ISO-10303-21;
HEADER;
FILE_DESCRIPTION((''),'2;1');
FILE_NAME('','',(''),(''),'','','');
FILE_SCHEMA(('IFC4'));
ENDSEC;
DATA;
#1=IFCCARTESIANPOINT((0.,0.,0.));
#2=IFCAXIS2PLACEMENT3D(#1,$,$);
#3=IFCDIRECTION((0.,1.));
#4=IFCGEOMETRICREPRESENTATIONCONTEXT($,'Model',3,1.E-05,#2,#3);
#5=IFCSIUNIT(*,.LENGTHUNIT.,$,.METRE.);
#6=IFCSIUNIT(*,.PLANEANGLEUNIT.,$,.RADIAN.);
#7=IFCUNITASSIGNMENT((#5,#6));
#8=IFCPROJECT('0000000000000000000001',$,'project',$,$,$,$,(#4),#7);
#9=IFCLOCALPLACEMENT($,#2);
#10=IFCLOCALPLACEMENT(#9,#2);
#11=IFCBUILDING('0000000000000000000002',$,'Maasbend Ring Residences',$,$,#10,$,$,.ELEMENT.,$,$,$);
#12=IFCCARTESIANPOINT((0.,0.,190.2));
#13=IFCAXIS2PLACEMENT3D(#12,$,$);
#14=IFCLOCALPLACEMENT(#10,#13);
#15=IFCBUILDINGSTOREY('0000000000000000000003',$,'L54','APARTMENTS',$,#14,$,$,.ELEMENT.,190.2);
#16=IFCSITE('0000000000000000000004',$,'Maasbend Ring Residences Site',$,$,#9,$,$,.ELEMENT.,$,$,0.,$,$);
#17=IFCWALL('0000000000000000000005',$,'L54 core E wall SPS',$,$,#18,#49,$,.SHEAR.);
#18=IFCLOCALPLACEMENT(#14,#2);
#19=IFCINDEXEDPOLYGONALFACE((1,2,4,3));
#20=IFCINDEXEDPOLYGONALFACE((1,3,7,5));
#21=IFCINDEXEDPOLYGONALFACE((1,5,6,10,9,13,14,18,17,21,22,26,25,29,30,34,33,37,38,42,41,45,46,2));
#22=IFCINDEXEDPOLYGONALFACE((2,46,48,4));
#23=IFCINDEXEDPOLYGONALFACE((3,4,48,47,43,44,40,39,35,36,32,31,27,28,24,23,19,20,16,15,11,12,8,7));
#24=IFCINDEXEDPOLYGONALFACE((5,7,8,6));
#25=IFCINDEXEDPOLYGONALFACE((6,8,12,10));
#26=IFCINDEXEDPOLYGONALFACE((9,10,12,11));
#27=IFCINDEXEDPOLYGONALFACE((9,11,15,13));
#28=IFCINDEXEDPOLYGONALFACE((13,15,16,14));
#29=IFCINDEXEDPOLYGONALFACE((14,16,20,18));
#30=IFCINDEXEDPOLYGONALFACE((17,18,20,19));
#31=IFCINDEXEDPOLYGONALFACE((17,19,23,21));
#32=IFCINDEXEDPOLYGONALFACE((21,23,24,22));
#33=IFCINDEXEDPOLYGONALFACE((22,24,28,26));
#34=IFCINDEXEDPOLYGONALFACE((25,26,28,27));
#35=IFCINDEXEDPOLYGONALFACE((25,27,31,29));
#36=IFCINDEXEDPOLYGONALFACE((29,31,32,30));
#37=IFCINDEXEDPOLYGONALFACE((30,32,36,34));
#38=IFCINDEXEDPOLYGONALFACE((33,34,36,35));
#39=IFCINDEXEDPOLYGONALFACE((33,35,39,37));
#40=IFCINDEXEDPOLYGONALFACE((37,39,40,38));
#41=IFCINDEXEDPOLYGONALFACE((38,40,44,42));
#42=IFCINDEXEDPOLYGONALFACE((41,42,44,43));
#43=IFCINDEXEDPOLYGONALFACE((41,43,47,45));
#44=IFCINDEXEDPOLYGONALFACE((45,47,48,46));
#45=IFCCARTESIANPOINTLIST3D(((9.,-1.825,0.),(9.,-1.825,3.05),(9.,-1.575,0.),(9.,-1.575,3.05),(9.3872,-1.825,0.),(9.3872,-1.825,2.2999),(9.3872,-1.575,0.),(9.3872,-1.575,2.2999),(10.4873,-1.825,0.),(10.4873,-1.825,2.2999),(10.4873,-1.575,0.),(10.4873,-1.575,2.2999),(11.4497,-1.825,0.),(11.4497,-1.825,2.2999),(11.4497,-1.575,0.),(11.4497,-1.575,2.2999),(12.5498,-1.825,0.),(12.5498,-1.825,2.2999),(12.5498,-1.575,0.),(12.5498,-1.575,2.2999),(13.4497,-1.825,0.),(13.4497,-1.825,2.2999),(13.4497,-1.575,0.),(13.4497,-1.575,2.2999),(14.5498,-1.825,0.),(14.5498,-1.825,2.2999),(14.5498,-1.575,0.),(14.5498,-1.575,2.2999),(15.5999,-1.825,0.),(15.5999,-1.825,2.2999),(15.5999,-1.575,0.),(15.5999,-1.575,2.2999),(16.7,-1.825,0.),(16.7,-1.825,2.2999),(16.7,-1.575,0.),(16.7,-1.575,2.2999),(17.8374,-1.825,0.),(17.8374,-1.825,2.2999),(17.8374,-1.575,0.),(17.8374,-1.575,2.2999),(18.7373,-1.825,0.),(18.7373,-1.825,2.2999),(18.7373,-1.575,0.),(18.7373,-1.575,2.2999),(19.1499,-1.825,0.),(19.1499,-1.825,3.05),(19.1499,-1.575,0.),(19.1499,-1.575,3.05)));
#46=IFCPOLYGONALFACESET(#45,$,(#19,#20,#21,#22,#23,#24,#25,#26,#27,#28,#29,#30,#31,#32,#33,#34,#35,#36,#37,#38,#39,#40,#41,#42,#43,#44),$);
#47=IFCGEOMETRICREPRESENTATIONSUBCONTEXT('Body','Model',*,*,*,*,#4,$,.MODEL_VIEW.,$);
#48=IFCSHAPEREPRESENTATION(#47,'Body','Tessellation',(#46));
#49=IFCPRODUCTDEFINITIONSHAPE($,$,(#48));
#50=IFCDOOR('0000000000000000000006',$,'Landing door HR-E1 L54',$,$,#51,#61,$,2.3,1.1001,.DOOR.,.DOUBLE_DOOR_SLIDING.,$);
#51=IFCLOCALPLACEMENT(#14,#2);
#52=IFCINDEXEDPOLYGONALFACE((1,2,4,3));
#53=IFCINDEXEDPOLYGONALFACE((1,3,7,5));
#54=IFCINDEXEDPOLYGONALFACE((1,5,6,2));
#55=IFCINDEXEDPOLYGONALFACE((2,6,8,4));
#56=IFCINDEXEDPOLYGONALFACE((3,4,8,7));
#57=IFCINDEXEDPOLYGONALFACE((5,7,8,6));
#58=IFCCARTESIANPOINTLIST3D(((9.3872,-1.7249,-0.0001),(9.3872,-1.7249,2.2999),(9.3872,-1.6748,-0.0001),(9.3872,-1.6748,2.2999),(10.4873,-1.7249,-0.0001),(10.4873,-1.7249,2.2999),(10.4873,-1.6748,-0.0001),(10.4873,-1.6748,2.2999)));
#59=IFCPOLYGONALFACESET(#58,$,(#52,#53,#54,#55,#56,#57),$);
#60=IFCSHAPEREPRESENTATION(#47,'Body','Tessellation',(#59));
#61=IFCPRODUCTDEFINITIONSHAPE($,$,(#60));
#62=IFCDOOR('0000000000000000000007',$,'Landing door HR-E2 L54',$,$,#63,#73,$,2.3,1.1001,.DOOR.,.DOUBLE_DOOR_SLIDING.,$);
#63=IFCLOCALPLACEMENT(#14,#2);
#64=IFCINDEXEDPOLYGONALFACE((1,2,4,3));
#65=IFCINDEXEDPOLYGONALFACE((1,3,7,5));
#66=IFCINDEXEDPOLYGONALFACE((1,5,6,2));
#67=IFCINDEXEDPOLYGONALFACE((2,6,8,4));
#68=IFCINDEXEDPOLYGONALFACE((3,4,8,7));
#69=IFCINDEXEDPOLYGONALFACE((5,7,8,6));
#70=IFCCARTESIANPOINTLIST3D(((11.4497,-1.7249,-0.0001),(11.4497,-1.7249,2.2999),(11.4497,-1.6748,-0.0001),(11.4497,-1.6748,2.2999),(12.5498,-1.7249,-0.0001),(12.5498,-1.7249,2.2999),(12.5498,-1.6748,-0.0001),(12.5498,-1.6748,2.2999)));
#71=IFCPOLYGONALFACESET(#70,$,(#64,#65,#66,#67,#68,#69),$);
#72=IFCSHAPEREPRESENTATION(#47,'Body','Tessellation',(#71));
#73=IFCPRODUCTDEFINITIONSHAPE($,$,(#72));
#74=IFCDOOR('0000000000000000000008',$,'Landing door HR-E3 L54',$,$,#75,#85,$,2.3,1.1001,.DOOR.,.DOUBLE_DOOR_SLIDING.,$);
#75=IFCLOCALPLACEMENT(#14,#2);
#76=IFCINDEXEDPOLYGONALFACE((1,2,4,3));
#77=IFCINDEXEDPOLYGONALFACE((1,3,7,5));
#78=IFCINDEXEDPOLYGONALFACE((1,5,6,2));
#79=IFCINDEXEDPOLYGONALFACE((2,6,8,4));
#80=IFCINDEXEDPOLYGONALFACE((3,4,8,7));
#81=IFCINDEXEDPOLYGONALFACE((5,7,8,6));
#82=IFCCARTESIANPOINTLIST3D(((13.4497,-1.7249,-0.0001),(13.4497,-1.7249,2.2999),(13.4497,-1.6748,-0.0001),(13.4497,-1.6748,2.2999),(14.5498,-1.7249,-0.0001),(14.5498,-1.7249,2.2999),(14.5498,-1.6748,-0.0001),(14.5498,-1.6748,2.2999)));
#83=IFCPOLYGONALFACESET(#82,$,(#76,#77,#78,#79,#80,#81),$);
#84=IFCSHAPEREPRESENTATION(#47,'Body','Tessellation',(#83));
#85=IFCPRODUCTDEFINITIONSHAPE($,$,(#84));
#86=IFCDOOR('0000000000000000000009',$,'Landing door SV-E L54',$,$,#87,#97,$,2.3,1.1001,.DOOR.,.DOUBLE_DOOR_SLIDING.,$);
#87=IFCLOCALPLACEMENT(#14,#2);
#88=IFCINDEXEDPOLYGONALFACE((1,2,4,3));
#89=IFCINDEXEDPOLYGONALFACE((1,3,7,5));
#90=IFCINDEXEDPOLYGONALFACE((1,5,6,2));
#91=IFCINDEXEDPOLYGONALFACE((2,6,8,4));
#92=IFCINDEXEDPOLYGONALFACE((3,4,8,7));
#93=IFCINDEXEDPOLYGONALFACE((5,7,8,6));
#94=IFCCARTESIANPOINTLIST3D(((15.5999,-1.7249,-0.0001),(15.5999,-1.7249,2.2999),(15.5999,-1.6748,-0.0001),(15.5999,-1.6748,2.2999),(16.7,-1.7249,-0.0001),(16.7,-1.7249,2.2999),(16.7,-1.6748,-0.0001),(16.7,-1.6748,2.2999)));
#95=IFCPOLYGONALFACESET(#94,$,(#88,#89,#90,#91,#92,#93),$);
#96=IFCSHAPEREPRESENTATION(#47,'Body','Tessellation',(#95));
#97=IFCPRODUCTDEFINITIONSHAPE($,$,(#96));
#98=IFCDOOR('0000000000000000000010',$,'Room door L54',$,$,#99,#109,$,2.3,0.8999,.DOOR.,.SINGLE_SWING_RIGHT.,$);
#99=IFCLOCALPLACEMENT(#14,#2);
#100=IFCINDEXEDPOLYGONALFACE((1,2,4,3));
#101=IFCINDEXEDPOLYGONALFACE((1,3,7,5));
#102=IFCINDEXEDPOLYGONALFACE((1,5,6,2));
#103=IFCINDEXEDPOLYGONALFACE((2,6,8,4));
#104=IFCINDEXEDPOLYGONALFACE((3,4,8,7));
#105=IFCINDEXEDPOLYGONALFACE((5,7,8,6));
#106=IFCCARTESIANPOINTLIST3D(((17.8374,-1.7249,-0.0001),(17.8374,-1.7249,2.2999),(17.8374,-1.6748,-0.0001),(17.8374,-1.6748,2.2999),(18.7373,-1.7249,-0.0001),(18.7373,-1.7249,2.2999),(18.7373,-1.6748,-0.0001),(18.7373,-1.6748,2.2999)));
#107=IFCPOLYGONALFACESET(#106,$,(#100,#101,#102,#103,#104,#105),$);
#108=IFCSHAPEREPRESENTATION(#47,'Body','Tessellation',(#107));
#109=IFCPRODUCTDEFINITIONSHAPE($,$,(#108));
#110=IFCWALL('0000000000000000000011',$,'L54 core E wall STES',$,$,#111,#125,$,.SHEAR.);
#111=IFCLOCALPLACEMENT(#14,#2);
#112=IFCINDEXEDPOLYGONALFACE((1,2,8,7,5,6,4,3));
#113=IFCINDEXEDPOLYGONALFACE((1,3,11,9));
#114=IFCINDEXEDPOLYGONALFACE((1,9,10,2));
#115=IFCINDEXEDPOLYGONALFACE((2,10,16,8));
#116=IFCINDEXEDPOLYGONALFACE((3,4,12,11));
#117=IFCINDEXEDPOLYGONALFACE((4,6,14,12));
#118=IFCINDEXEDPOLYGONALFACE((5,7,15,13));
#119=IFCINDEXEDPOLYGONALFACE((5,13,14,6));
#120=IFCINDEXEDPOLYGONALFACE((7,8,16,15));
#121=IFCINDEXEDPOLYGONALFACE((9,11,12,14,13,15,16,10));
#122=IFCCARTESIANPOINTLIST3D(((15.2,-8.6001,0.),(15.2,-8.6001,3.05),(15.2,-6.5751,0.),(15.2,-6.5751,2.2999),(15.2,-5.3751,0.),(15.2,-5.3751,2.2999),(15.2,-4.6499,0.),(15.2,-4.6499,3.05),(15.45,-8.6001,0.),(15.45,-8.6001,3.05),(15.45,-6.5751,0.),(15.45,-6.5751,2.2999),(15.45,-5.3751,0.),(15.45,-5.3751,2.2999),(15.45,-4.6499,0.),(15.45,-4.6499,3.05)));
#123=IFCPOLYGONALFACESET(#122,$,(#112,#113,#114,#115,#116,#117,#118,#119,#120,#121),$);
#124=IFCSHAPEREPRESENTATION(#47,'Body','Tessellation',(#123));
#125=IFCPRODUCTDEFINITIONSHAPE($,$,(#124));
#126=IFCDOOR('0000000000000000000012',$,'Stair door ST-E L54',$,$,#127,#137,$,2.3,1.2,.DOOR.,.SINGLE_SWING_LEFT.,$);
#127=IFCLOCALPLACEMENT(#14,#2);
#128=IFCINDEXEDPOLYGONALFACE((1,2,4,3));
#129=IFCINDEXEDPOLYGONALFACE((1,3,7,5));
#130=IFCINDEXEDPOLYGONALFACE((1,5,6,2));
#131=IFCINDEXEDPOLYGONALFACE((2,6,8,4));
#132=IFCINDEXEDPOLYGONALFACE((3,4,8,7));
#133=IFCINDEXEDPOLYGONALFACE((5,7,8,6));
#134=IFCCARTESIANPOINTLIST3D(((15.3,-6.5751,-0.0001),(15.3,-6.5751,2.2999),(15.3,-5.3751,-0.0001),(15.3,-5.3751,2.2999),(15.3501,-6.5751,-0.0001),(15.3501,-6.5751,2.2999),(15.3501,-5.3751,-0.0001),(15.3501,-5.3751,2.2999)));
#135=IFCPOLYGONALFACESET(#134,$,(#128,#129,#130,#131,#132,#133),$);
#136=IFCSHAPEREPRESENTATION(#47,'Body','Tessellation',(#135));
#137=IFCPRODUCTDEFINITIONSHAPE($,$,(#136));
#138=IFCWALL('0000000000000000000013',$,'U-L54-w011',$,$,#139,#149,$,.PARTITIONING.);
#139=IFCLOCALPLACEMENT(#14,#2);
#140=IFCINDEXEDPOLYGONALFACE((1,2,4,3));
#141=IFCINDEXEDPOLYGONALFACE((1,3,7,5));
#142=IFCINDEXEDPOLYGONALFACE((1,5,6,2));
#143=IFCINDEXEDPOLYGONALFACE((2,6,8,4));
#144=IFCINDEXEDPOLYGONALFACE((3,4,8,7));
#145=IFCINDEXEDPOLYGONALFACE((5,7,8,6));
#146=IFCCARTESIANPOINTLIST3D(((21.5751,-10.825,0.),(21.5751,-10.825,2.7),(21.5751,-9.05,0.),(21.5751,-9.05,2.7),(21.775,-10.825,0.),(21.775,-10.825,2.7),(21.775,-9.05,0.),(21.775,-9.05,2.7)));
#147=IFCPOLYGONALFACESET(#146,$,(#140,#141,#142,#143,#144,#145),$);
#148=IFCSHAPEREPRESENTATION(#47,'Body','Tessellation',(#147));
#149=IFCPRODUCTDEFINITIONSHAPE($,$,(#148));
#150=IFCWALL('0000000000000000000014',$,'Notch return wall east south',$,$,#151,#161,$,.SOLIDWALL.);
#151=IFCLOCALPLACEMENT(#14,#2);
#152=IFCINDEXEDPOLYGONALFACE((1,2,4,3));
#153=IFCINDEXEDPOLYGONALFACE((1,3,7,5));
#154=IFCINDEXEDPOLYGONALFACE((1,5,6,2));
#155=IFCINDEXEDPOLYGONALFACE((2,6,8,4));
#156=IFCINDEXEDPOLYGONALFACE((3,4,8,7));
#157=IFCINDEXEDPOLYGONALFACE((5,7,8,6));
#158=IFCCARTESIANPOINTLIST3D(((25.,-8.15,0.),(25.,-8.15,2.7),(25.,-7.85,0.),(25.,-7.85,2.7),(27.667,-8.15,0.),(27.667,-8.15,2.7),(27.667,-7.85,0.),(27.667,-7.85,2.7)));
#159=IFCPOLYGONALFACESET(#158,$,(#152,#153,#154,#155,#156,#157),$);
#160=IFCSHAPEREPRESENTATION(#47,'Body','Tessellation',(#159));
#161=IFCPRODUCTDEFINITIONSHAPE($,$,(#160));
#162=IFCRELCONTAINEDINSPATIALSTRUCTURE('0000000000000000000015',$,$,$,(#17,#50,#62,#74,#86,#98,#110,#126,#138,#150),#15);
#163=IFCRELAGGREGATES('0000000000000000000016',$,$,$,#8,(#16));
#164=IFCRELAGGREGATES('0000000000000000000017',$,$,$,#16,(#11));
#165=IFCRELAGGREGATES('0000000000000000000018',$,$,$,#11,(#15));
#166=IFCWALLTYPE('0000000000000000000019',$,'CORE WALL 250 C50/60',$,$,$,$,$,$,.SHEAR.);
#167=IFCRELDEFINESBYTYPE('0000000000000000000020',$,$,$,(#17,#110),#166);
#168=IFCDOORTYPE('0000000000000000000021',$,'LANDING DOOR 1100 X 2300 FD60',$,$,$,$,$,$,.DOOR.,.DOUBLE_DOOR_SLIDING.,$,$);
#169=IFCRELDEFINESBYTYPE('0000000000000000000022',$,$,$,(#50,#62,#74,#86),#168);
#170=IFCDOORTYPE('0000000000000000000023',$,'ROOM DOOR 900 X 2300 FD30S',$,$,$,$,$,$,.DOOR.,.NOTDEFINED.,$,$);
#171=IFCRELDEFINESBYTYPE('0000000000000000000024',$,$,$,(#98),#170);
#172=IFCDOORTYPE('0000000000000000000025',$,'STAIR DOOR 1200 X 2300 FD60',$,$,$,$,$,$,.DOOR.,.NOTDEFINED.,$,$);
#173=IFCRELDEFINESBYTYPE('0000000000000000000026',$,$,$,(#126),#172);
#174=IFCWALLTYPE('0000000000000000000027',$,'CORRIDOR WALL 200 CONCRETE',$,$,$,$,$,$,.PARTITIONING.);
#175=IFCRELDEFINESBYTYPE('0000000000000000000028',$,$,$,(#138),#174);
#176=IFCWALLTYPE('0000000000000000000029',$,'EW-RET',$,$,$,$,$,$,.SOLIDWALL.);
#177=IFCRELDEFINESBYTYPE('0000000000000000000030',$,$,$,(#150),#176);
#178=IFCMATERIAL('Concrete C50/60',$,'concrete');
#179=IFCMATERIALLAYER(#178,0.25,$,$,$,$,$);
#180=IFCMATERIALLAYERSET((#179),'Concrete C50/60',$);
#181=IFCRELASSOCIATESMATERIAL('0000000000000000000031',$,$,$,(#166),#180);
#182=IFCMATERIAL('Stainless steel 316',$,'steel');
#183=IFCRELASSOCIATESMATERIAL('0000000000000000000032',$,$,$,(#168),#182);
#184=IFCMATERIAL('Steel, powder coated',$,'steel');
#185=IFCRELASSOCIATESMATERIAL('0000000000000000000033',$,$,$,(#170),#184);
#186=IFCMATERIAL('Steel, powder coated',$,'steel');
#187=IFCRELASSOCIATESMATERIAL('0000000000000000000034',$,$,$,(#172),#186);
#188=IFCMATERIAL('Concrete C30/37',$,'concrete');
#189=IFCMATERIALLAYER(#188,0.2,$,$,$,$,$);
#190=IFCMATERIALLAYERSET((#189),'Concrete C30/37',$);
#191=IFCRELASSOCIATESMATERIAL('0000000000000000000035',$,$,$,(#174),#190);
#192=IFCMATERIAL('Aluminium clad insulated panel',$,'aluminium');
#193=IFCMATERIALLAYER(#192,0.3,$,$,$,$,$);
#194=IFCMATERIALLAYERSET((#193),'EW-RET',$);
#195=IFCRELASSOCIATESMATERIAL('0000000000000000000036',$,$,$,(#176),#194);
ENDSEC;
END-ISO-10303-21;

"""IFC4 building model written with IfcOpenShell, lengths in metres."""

from ifc_helpers import new_model, si_unit, direction, frame, frame_2d, origin, place, context, subcontext, project, spatial, rectangle, extrude, material, layer, layer_set, type_object, element, fill, save


model = new_model("IFC4")

# Units and contexts
model_context = context("Model", 3, precision=1e-05, world=origin(), true_north=direction((0.0, 1.0)))
body_context = subcontext(model_context, "Body", "Model", "MODEL_VIEW")
ifc_project = project(units=[si_unit("LENGTHUNIT", "METRE"), si_unit("PLANEANGLEUNIT", "RADIAN")], contexts=[model_context])

# Site, building, storey
site_placement = place(None, origin())
site = spatial("IfcSite", under=ifc_project, at=site_placement, Name="Maasbend Ring Residences Site", CompositionType="ELEMENT", RefElevation=0.0)
building_placement = place(site_placement, origin())
building = spatial("IfcBuilding", under=site, at=building_placement, Name="Maasbend Ring Residences", CompositionType="ELEMENT")
storey_placement = place(building_placement, frame((0.0, 0.0, 190.2)))
storey = spatial("IfcBuildingStorey", under=building, at=storey_placement, Name="L54", Description="APARTMENTS", CompositionType="ELEMENT", Elevation=190.2)

# Wall, openings, doors
ifc_material_1 = material(Name="Concrete C50/60", Category="concrete")
ifc_layer_1 = layer(ifc_material_1, 0.25)
ifc_layer_set_1 = layer_set([ifc_layer_1], Name="Concrete C50/60")
wall_type_1 = type_object("IfcWallType", Name="CORE WALL 250 C50/60", PredefinedType="SHEAR", material=ifc_layer_set_1)
wall_1_placement = place(storey_placement, frame((19.1499, -1.7, 0.0), z_axis=(0.0, 0.0, 1.0), x_axis=(-1.0, 0.0, 0.0)))
wall_1 = element("IfcWall", 1, at=wall_1_placement, inside=storey, type_object=wall_type_1, Name="L54 core E wall SPS", PredefinedType="SHEAR", context=body_context, shape_type="SweptSolid", body=[
    extrude(rectangle(XDim=10.1499, YDim=0.25, at=frame_2d((5.075, 0.0))), origin(), (0.0, 0.0, 1.0), 3.05),
])
opening_1_placement = place(wall_1_placement, frame((8.6626, 0.0, 0.0)))
opening_1 = element("IfcOpeningElement", 2, at=opening_1_placement, cuts=wall_1, PredefinedType="OPENING", context=body_context, shape_type="SweptSolid", body=[
    extrude(rectangle(XDim=1.1001, YDim=2.3, at=frame_2d((0.55, 1.1499))), frame((0.0, 0.135, 0.0), z_axis=(0.0, -1.0, 0.0), x_axis=(1.0, 0.0, 0.0)), (0.0, 0.0, 1.0), 0.27),
])
opening_2_placement = place(wall_1_placement, frame((6.6001, 0.0, 0.0)))
opening_2 = element("IfcOpeningElement", 3, at=opening_2_placement, cuts=wall_1, PredefinedType="OPENING", context=body_context, shape_type="SweptSolid", body=[
    extrude(rectangle(XDim=1.1001, YDim=2.3, at=frame_2d((0.55, 1.1499))), frame((0.0, 0.135, 0.0), z_axis=(0.0, -1.0, 0.0), x_axis=(1.0, 0.0, 0.0)), (0.0, 0.0, 1.0), 0.27),
])
opening_3_placement = place(wall_1_placement, frame((4.6001, 0.0, 0.0)))
opening_3 = element("IfcOpeningElement", 4, at=opening_3_placement, cuts=wall_1, PredefinedType="OPENING", context=body_context, shape_type="SweptSolid", body=[
    extrude(rectangle(XDim=1.1001, YDim=2.3, at=frame_2d((0.55, 1.1499))), frame((0.0, 0.135, 0.0), z_axis=(0.0, -1.0, 0.0), x_axis=(1.0, 0.0, 0.0)), (0.0, 0.0, 1.0), 0.27),
])
opening_4_placement = place(wall_1_placement, frame((2.45, 0.0, 0.0)))
opening_4 = element("IfcOpeningElement", 5, at=opening_4_placement, cuts=wall_1, PredefinedType="OPENING", context=body_context, shape_type="SweptSolid", body=[
    extrude(rectangle(XDim=1.1001, YDim=2.3, at=frame_2d((0.55, 1.1499))), frame((0.0, 0.135, 0.0), z_axis=(0.0, -1.0, 0.0), x_axis=(1.0, 0.0, 0.0)), (0.0, 0.0, 1.0), 0.27),
])
opening_5_placement = place(wall_1_placement, frame((0.4126, 0.0, 0.0)))
opening_5 = element("IfcOpeningElement", 6, at=opening_5_placement, cuts=wall_1, PredefinedType="OPENING", context=body_context, shape_type="SweptSolid", body=[
    extrude(rectangle(XDim=0.8999, YDim=2.3, at=frame_2d((0.45, 1.1499))), frame((0.0, 0.135, 0.0), z_axis=(0.0, -1.0, 0.0), x_axis=(1.0, 0.0, 0.0)), (0.0, 0.0, 1.0), 0.27),
])
ifc_material_2 = material(Name="Stainless steel 316", Category="steel")
door_type_1 = type_object("IfcDoorType", Name="LANDING DOOR 1100 X 2300 FD60", OperationType="DOUBLE_DOOR_SLIDING", PredefinedType="DOOR", material=ifc_material_2)
door_1_placement = place(opening_1_placement, origin())
door_1 = element("IfcDoor", 7, at=door_1_placement, inside=storey, type_object=door_type_1, Name="Landing door HR-E1 L54", OperationType="DOUBLE_DOOR_SLIDING", OverallHeight=2.3, OverallWidth=1.1001, PredefinedType="DOOR", context=body_context, shape_type="SweptSolid", body=[
    extrude(rectangle(XDim=1.1001, YDim=2.3, at=frame_2d((0.55, 1.1499))), frame((0.0, 0.0249, 0.0), z_axis=(0.0, -1.0, 0.0), x_axis=(1.0, 0.0, 0.0)), (0.0, 0.0, 1.0), 0.05),
])
fill(opening_1, door_1)
door_2_placement = place(opening_2_placement, origin())
door_2 = element("IfcDoor", 8, at=door_2_placement, inside=storey, type_object=door_type_1, Name="Landing door HR-E2 L54", OperationType="DOUBLE_DOOR_SLIDING", OverallHeight=2.3, OverallWidth=1.1001, PredefinedType="DOOR", context=body_context, shape_type="SweptSolid", body=[
    extrude(rectangle(XDim=1.1001, YDim=2.3, at=frame_2d((0.55, 1.1499))), frame((0.0, 0.0249, 0.0), z_axis=(0.0, -1.0, 0.0), x_axis=(1.0, 0.0, 0.0)), (0.0, 0.0, 1.0), 0.05),
])
fill(opening_2, door_2)
door_3_placement = place(opening_3_placement, origin())
door_3 = element("IfcDoor", 9, at=door_3_placement, inside=storey, type_object=door_type_1, Name="Landing door HR-E3 L54", OperationType="DOUBLE_DOOR_SLIDING", OverallHeight=2.3, OverallWidth=1.1001, PredefinedType="DOOR", context=body_context, shape_type="SweptSolid", body=[
    extrude(rectangle(XDim=1.1001, YDim=2.3, at=frame_2d((0.55, 1.1499))), frame((0.0, 0.0249, 0.0), z_axis=(0.0, -1.0, 0.0), x_axis=(1.0, 0.0, 0.0)), (0.0, 0.0, 1.0), 0.05),
])
fill(opening_3, door_3)
door_4_placement = place(opening_4_placement, origin())
door_4 = element("IfcDoor", 10, at=door_4_placement, inside=storey, type_object=door_type_1, Name="Landing door SV-E L54", OperationType="DOUBLE_DOOR_SLIDING", OverallHeight=2.3, OverallWidth=1.1001, PredefinedType="DOOR", context=body_context, shape_type="SweptSolid", body=[
    extrude(rectangle(XDim=1.1001, YDim=2.3, at=frame_2d((0.55, 1.1499))), frame((0.0, 0.0249, 0.0), z_axis=(0.0, -1.0, 0.0), x_axis=(1.0, 0.0, 0.0)), (0.0, 0.0, 1.0), 0.05),
])
fill(opening_4, door_4)
ifc_material_3 = material(Name="Steel, powder coated", Category="steel")
door_type_2 = type_object("IfcDoorType", Name="ROOM DOOR 900 X 2300 FD30S", OperationType="NOTDEFINED", PredefinedType="DOOR", material=ifc_material_3)
door_5_placement = place(opening_5_placement, origin())
door_5 = element("IfcDoor", 11, at=door_5_placement, inside=storey, type_object=door_type_2, Name="Room door L54", OperationType="SINGLE_SWING_RIGHT", OverallHeight=2.3, OverallWidth=0.8999, PredefinedType="DOOR", context=body_context, shape_type="SweptSolid", body=[
    extrude(rectangle(XDim=0.8999, YDim=2.3, at=frame_2d((0.45, 1.1499))), frame((0.0, 0.0249, 0.0), z_axis=(0.0, -1.0, 0.0), x_axis=(1.0, 0.0, 0.0)), (0.0, 0.0, 1.0), 0.05),
])
fill(opening_5, door_5)

# Wall, opening, door
wall_2_placement = place(storey_placement, frame((15.325, -8.6001, 0.0), z_axis=(0.0, 0.0, 1.0), x_axis=(0.0, 1.0, 0.0)))
wall_2 = element("IfcWall", 12, at=wall_2_placement, inside=storey, type_object=wall_type_1, Name="L54 core E wall STES", PredefinedType="SHEAR", context=body_context, shape_type="SweptSolid", body=[
    extrude(rectangle(XDim=3.9502, YDim=0.25, at=frame_2d((1.9751, 0.0))), origin(), (0.0, 0.0, 1.0), 3.05),
])
opening_6_placement = place(wall_2_placement, frame((2.0249, 0.0, 0.0)))
opening_6 = element("IfcOpeningElement", 13, at=opening_6_placement, cuts=wall_2, PredefinedType="OPENING", context=body_context, shape_type="SweptSolid", body=[
    extrude(rectangle(XDim=1.2, YDim=2.3, at=frame_2d((0.6001, 1.1499))), frame((0.0, 0.135, 0.0), z_axis=(0.0, -1.0, 0.0), x_axis=(1.0, 0.0, 0.0)), (0.0, 0.0, 1.0), 0.27),
])
ifc_material_4 = material(Name="Steel, powder coated", Category="steel")
door_type_3 = type_object("IfcDoorType", Name="STAIR DOOR 1200 X 2300 FD60", OperationType="NOTDEFINED", PredefinedType="DOOR", material=ifc_material_4)
door_6_placement = place(opening_6_placement, origin())
door_6 = element("IfcDoor", 14, at=door_6_placement, inside=storey, type_object=door_type_3, Name="Stair door ST-E L54", OperationType="SINGLE_SWING_LEFT", OverallHeight=2.3, OverallWidth=1.2, PredefinedType="DOOR", context=body_context, shape_type="SweptSolid", body=[
    extrude(rectangle(XDim=1.2, YDim=2.3, at=frame_2d((0.6001, 1.1499))), frame((0.0, 0.0249, 0.0), z_axis=(0.0, -1.0, 0.0), x_axis=(1.0, 0.0, 0.0)), (0.0, 0.0, 1.0), 0.05),
])
fill(opening_6, door_6)

# Walls
ifc_material_5 = material(Name="Concrete C30/37", Category="concrete")
ifc_layer_2 = layer(ifc_material_5, 0.2)
ifc_layer_set_2 = layer_set([ifc_layer_2], Name="Concrete C30/37")
wall_type_2 = type_object("IfcWallType", Name="CORRIDOR WALL 200 CONCRETE", PredefinedType="PARTITIONING", material=ifc_layer_set_2)
wall_3_placement = place(storey_placement, frame((21.675, -10.825, 0.0), z_axis=(0.0, 0.0, 1.0), x_axis=(0.0, 1.0, 0.0)))
element("IfcWall", 15, at=wall_3_placement, inside=storey, type_object=wall_type_2, Name="U-L54-w011", PredefinedType="PARTITIONING", context=body_context, shape_type="SweptSolid", body=[
    extrude(rectangle(XDim=1.7749, YDim=0.2, at=frame_2d((0.8875, 0.0))), origin(), (0.0, 0.0, 1.0), 2.7),
])
ifc_material_6 = material(Name="Aluminium clad insulated panel", Category="aluminium")
ifc_layer_3 = layer(ifc_material_6, 0.3)
ifc_layer_set_3 = layer_set([ifc_layer_3], Name="EW-RET")
wall_type_3 = type_object("IfcWallType", Name="EW-RET", PredefinedType="SOLIDWALL", material=ifc_layer_set_3)
wall_4_placement = place(storey_placement, frame((25.0, -8.0, 0.0), z_axis=(0.0, 0.0, 1.0), x_axis=(1.0, 0.0, 0.0)))
element("IfcWall", 16, at=wall_4_placement, inside=storey, type_object=wall_type_3, Name="Notch return wall east south", PredefinedType="SOLIDWALL", context=body_context, shape_type="SweptSolid", body=[
    extrude(rectangle(XDim=2.667, YDim=0.3, at=frame_2d((1.3335, 0.0))), origin(), (0.0, 0.0, 1.0), 2.7),
])

save(model, "model.ifc")
